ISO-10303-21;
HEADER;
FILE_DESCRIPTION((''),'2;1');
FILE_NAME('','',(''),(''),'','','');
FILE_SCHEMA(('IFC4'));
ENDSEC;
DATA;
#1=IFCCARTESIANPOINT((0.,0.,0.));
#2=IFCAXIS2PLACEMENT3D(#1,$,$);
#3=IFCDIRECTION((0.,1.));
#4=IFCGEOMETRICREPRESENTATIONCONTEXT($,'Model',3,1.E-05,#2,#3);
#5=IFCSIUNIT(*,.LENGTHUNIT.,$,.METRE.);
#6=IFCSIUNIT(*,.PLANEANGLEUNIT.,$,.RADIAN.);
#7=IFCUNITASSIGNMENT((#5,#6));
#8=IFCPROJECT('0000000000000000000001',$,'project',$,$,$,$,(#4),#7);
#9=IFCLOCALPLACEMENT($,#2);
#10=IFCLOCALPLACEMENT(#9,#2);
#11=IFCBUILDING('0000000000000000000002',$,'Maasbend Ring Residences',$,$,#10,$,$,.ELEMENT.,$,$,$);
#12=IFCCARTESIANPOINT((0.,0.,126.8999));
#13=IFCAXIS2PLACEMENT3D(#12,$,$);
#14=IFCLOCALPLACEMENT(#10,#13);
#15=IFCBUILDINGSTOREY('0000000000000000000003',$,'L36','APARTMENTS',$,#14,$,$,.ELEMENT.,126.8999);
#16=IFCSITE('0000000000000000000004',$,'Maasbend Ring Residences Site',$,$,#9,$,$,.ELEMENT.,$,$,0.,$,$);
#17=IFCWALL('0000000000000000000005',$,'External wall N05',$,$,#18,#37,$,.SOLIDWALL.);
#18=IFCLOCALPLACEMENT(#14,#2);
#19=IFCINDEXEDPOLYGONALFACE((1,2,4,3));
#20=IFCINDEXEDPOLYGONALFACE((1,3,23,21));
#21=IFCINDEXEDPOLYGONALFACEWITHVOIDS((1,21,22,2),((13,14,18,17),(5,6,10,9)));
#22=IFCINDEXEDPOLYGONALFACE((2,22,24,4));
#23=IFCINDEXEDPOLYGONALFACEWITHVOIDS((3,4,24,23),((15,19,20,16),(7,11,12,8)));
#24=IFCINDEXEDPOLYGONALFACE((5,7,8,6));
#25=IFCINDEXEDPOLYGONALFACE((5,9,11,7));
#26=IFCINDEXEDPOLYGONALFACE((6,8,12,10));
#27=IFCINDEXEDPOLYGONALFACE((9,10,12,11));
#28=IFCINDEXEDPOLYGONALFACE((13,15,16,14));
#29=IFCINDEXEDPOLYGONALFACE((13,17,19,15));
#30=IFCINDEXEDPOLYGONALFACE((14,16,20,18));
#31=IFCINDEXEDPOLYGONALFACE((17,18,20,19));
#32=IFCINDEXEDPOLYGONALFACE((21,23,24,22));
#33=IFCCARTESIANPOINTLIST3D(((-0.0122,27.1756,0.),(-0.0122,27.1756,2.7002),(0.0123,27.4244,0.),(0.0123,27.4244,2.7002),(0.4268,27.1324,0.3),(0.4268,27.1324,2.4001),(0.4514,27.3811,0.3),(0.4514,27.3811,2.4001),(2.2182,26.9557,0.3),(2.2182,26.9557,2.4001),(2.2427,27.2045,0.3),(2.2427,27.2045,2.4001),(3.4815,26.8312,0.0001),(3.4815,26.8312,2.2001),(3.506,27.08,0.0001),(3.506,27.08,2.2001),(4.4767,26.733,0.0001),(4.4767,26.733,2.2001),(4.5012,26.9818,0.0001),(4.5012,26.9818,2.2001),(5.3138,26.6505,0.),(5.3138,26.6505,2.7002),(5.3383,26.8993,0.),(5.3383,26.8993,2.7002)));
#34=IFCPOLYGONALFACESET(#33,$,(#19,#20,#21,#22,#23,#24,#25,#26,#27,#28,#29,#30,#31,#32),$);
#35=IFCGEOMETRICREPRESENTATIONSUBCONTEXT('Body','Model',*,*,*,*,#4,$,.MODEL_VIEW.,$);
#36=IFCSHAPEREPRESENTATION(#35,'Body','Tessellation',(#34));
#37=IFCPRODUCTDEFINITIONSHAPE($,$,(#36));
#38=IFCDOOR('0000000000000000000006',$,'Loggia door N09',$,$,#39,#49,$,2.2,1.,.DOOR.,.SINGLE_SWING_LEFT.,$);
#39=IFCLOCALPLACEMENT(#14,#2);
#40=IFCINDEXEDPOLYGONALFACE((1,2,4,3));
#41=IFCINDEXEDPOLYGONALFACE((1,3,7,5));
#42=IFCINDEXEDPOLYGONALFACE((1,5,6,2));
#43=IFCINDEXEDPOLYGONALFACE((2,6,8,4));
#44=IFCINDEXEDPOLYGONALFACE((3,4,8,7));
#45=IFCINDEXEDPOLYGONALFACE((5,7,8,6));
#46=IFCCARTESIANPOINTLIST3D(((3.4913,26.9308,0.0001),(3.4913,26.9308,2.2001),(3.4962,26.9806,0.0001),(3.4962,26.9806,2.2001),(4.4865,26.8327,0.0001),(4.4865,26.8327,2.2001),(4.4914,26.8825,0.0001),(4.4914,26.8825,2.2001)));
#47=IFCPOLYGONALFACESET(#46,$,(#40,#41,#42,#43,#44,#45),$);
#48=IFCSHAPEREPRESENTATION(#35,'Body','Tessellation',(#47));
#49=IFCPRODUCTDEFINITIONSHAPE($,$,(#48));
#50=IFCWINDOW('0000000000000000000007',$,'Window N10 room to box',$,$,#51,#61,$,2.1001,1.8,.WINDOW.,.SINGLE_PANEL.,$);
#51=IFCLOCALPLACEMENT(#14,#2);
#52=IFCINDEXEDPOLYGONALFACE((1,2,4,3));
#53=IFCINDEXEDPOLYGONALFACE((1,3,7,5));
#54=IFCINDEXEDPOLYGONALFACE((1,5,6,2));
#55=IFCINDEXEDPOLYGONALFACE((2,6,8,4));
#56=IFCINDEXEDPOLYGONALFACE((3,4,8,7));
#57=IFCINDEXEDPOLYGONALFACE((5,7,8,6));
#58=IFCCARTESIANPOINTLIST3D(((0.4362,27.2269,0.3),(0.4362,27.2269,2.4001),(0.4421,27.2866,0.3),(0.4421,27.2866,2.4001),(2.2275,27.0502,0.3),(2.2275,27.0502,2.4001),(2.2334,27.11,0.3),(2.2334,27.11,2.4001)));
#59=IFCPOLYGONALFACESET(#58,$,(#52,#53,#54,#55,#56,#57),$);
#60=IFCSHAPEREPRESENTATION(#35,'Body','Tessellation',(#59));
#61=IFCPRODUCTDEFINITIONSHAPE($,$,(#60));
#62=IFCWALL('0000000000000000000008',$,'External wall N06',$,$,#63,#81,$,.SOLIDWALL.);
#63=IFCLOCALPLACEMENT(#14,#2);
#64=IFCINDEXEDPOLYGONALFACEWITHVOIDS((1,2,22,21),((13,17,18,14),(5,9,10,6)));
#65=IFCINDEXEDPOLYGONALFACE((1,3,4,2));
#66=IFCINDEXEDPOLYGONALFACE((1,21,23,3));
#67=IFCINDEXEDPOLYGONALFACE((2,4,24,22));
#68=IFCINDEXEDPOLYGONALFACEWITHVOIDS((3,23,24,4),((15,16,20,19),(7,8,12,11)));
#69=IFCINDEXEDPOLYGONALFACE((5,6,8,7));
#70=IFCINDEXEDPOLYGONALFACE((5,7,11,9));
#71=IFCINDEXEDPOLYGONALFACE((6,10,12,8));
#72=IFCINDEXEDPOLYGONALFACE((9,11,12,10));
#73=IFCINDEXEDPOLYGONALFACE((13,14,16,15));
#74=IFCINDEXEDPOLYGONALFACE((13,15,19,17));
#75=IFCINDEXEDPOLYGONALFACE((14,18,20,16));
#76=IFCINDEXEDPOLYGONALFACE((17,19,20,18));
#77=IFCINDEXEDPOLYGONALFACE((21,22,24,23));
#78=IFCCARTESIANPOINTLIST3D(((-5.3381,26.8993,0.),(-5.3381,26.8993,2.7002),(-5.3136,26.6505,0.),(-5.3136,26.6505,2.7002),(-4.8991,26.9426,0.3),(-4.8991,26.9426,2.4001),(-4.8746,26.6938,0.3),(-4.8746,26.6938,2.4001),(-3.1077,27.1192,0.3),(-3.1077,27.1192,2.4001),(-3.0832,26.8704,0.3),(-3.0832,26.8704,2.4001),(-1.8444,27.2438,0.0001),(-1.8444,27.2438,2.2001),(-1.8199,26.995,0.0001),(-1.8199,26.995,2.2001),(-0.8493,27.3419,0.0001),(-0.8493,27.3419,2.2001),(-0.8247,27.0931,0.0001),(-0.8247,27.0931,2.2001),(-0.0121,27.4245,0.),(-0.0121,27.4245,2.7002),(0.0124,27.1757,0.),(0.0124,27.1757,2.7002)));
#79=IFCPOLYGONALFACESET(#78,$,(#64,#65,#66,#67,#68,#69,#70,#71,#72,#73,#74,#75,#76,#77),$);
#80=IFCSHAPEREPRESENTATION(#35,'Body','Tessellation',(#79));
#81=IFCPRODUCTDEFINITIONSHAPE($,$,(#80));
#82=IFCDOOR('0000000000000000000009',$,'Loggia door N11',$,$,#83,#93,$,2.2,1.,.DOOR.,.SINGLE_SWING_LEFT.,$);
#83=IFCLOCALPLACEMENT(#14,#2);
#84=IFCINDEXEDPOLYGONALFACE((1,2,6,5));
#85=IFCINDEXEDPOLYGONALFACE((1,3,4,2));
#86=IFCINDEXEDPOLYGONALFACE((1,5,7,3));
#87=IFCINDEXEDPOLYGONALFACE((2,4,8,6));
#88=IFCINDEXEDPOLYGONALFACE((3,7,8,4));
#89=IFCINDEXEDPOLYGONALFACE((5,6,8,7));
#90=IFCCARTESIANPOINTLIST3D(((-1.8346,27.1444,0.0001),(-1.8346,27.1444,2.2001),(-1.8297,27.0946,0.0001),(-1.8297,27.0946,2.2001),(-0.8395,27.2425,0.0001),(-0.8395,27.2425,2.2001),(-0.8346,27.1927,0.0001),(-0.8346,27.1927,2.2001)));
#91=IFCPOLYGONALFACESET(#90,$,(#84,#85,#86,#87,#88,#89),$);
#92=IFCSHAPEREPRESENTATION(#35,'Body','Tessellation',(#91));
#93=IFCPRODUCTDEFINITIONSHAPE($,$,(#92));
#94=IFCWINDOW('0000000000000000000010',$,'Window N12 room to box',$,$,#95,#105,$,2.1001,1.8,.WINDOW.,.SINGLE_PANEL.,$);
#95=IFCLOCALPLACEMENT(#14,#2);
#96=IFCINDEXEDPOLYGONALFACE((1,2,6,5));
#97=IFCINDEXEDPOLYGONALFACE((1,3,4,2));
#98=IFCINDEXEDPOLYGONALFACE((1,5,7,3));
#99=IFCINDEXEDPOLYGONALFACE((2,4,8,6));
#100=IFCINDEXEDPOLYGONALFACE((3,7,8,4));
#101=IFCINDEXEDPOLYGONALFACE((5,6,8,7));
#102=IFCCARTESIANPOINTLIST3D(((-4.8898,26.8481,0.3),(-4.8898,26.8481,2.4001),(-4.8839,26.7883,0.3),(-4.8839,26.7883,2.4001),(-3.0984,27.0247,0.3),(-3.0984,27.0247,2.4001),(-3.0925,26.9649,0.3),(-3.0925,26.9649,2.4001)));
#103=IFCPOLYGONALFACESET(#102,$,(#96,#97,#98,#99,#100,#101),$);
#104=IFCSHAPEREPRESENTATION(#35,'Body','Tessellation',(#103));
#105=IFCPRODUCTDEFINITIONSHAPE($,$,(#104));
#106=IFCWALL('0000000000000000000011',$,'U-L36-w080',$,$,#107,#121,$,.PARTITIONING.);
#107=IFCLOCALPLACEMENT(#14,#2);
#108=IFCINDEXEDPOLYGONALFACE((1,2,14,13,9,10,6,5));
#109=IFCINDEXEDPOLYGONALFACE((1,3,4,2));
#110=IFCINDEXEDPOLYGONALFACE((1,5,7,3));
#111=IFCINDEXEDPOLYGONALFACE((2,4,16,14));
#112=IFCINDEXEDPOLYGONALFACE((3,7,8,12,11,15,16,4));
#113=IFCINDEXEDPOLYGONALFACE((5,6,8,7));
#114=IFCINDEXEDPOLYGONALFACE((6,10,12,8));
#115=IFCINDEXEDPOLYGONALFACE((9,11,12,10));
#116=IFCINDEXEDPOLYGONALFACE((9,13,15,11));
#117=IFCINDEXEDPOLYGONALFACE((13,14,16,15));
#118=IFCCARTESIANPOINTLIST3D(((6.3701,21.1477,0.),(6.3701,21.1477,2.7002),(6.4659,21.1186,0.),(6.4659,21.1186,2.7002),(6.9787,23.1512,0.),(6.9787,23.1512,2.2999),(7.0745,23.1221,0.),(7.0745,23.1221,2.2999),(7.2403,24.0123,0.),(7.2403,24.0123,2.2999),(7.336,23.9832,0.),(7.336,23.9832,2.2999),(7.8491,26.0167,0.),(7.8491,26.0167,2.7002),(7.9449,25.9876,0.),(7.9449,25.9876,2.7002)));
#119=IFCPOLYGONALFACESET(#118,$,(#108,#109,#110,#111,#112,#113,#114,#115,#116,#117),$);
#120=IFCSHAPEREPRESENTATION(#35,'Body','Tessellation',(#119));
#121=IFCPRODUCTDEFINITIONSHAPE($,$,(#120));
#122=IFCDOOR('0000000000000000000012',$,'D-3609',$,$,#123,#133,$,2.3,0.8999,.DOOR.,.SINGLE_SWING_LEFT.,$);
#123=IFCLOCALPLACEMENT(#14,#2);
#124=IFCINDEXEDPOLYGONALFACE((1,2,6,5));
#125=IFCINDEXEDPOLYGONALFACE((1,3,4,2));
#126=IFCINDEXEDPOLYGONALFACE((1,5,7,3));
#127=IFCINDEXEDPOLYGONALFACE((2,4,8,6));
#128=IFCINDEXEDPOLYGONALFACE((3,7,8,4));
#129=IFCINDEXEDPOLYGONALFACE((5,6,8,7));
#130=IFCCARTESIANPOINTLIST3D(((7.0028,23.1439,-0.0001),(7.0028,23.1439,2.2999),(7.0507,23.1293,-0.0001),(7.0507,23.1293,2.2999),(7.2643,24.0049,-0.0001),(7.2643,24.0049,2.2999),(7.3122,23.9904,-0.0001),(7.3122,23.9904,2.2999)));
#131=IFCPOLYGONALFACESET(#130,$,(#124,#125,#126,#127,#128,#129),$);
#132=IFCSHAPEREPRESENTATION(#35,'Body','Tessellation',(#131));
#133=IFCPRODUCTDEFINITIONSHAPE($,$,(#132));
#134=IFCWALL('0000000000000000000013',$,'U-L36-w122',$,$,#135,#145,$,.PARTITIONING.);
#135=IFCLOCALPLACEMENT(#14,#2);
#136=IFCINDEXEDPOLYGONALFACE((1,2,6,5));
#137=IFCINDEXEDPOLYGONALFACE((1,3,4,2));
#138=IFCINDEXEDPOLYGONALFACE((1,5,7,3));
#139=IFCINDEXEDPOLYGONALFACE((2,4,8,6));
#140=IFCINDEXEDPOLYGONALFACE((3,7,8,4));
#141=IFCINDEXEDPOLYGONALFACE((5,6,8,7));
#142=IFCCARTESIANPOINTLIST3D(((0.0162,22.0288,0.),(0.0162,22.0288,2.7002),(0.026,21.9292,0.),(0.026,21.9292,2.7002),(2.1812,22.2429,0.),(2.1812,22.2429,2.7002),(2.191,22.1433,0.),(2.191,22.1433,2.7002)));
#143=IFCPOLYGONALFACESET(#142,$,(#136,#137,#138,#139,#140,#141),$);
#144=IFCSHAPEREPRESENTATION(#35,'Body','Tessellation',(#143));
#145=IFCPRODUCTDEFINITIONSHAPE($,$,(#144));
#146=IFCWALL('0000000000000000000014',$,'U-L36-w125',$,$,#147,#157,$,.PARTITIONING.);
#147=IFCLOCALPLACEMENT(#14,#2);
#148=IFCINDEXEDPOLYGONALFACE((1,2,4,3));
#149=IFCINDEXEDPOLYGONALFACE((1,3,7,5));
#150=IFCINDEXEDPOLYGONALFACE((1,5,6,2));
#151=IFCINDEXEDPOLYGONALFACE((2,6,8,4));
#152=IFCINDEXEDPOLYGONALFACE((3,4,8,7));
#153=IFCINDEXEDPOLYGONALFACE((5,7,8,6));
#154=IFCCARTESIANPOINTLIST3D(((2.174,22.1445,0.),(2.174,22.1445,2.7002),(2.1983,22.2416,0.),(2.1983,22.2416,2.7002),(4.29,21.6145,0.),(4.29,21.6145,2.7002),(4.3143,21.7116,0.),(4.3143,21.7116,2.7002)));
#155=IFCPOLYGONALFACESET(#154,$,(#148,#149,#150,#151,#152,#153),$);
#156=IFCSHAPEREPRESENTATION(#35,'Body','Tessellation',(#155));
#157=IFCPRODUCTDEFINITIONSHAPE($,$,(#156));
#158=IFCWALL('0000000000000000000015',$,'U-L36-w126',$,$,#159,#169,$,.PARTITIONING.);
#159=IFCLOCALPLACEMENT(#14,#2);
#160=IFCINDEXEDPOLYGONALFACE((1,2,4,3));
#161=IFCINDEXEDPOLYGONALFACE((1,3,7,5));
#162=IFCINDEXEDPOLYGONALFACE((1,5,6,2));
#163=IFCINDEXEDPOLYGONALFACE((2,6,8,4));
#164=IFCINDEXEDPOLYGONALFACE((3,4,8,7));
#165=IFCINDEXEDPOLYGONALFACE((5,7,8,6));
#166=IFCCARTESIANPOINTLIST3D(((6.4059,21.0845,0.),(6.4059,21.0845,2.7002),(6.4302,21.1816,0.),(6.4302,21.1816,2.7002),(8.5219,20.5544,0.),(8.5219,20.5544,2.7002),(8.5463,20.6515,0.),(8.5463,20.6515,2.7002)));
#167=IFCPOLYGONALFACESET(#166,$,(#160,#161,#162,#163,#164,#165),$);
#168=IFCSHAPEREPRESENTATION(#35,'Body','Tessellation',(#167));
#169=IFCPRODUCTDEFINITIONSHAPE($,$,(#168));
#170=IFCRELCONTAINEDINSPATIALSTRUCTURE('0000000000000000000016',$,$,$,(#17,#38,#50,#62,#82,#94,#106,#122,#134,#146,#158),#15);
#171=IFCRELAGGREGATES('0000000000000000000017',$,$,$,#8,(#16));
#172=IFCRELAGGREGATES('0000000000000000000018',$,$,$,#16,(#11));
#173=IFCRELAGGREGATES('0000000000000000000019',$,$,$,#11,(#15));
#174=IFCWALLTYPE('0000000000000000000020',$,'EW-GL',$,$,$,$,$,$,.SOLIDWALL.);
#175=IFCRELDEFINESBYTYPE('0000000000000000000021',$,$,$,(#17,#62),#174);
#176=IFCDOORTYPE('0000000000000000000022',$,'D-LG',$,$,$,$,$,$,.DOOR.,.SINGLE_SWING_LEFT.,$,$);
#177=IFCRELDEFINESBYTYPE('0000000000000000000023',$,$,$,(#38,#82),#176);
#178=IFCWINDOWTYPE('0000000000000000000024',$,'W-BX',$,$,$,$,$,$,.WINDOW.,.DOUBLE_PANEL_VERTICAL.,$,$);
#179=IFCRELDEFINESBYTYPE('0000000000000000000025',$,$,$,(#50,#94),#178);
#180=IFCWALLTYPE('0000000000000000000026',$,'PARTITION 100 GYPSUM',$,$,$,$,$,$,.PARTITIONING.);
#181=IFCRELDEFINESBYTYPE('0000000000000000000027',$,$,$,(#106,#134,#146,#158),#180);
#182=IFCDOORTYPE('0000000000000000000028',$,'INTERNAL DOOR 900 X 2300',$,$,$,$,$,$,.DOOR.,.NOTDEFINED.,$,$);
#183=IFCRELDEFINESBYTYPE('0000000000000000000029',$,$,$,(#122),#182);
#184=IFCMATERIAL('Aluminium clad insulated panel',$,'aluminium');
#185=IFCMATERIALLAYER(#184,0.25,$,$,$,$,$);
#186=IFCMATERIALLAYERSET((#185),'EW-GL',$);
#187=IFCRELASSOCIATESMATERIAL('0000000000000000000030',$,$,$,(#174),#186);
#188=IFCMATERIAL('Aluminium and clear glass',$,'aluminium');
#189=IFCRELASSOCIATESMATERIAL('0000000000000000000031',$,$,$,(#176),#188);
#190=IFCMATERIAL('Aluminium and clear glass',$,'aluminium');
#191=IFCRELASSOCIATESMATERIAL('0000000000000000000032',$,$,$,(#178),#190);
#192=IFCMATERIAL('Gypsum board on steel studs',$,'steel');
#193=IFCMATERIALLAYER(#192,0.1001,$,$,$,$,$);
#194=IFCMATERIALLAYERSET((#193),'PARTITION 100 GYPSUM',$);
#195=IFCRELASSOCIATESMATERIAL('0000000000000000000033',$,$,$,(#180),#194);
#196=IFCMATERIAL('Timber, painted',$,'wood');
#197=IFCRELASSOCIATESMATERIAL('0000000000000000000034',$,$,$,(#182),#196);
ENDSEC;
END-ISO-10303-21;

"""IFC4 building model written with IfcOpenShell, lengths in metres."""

from ifc_helpers import new_model, si_unit, direction, frame, frame_2d, origin, place, context, subcontext, project, spatial, rectangle, extrude, material, layer, layer_set, type_object, element, fill, save


model = new_model("IFC4")

# Units and contexts
model_context = context("Model", 3, precision=1e-05, world=origin(), true_north=direction((0.0, 1.0)))
body_context = subcontext(model_context, "Body", "Model", "MODEL_VIEW")
ifc_project = project(units=[si_unit("LENGTHUNIT", "METRE"), si_unit("PLANEANGLEUNIT", "RADIAN")], contexts=[model_context])

# Site, building, storey
site_placement = place(None, origin())
site = spatial("IfcSite", under=ifc_project, at=site_placement, Name="Maasbend Ring Residences Site", CompositionType="ELEMENT", RefElevation=0.0)
building_placement = place(site_placement, origin())
building = spatial("IfcBuilding", under=site, at=building_placement, Name="Maasbend Ring Residences", CompositionType="ELEMENT")
storey_placement = place(building_placement, frame((0.0, 0.0, 126.8999)))
storey = spatial("IfcBuildingStorey", under=building, at=storey_placement, Name="L36", Description="APARTMENTS", CompositionType="ELEMENT", Elevation=126.8999)

# Walls, openings, doors, windows
ifc_material_1 = material(Name="Aluminium clad insulated panel", Category="aluminium")
ifc_layer_1 = layer(ifc_material_1, 0.25)
ifc_layer_set_1 = layer_set([ifc_layer_1], Name="EW-GL")
wall_type_1 = type_object("IfcWallType", Name="EW-GL", PredefinedType="SOLIDWALL", material=ifc_layer_set_1)
wall_1_placement = place(storey_placement, frame((5.3259, 26.7749, 0.0), z_axis=(0.0, 0.0, 1.0), x_axis=(-0.995174, 0.098126, 0.0)))
wall_1 = element("IfcWall", 1, at=wall_1_placement, inside=storey, type_object=wall_type_1, Name="External wall N05", PredefinedType="SOLIDWALL", context=body_context, shape_type="SweptSolid", body=[
    extrude(rectangle(XDim=5.3518, YDim=0.25, at=frame_2d((2.6758, 0.0))), origin(), (0.0, 0.0, 1.0), 2.7002),
])
opening_1_placement = place(wall_1_placement, frame((0.8411, 0.0, 0.0)))
opening_1 = element("IfcOpeningElement", 2, at=opening_1_placement, cuts=wall_1, PredefinedType="OPENING", context=body_context, shape_type="SweptSolid", body=[
    extrude(rectangle(XDim=1.0, YDim=2.2, at=frame_2d((0.5, 1.1001))), frame((0.0, 0.135, 0.0), z_axis=(0.0, -1.0, 0.0), x_axis=(1.0, 0.0, 0.0)), (0.0, 0.0, 1.0), 0.27),
])
opening_2_placement = place(wall_1_placement, frame((3.1106, 0.0, 0.3)))
opening_2 = element("IfcOpeningElement", 3, at=opening_2_placement, cuts=wall_1, PredefinedType="OPENING", context=body_context, shape_type="SweptSolid", body=[
    extrude(rectangle(XDim=1.8, YDim=2.1001, at=frame_2d((0.8999, 1.05))), frame((0.0, 0.135, 0.0), z_axis=(0.0, -1.0, 0.0), x_axis=(1.0, 0.0, 0.0)), (0.0, 0.0, 1.0), 0.27),
])
ifc_material_2 = material(Name="Aluminium and clear glass", Category="aluminium")
door_type_1 = type_object("IfcDoorType", Name="D-LG", OperationType="SINGLE_SWING_LEFT", PredefinedType="DOOR", material=ifc_material_2)
door_1_placement = place(opening_1_placement, origin())
door_1 = element("IfcDoor", 4, at=door_1_placement, inside=storey, type_object=door_type_1, Name="Loggia door N09", OperationType="SINGLE_SWING_LEFT", OverallHeight=2.2, OverallWidth=1.0, PredefinedType="DOOR", context=body_context, shape_type="SweptSolid", body=[
    extrude(rectangle(XDim=1.0, YDim=2.2, at=frame_2d((0.5, 1.1001))), frame((0.0, 0.0249, 0.0), z_axis=(0.0, -1.0, 0.0), x_axis=(1.0, 0.0, 0.0)), (0.0, 0.0, 1.0), 0.05),
])
fill(opening_1, door_1)
ifc_material_3 = material(Name="Aluminium and clear glass", Category="aluminium")
window_type_1 = type_object("IfcWindowType", Name="W-BX", PartitioningType="DOUBLE_PANEL_VERTICAL", PredefinedType="WINDOW", material=ifc_material_3)
window_1_placement = place(opening_2_placement, origin())
window_1 = element("IfcWindow", 5, at=window_1_placement, inside=storey, type_object=window_type_1, Name="Window N10 room to box", OverallHeight=2.1001, OverallWidth=1.8, PartitioningType="SINGLE_PANEL", PredefinedType="WINDOW", context=body_context, shape_type="SweptSolid", body=[
    extrude(rectangle(XDim=1.8, YDim=2.1001, at=frame_2d((0.8999, 1.05))), frame((0.0, 0.03, 0.0), z_axis=(0.0, -1.0, 0.0), x_axis=(1.0, 0.0, 0.0)), (0.0, 0.0, 1.0), 0.0601),
])
fill(opening_2, window_1)
wall_2_placement = place(storey_placement, frame((0.0, 27.3, 0.0), z_axis=(0.0, 0.0, 1.0), x_axis=(-0.995174, -0.098126, 0.0)))
wall_2 = element("IfcWall", 6, at=wall_2_placement, inside=storey, type_object=wall_type_1, Name="External wall N06", PredefinedType="SOLIDWALL", context=body_context, shape_type="SweptSolid", body=[
    extrude(rectangle(XDim=5.3518, YDim=0.25, at=frame_2d((2.6758, 0.0))), origin(), (0.0, 0.0, 1.0), 2.7002),
])
opening_3_placement = place(wall_2_placement, frame((0.8411, 0.0, 0.0)))
opening_3 = element("IfcOpeningElement", 7, at=opening_3_placement, cuts=wall_2, PredefinedType="OPENING", context=body_context, shape_type="SweptSolid", body=[
    extrude(rectangle(XDim=1.0, YDim=2.2, at=frame_2d((0.5, 1.1001))), frame((0.0, 0.135, 0.0), z_axis=(0.0, -1.0, 0.0), x_axis=(1.0, 0.0, 0.0)), (0.0, 0.0, 1.0), 0.27),
])
opening_4_placement = place(wall_2_placement, frame((3.1106, 0.0, 0.3)))
opening_4 = element("IfcOpeningElement", 8, at=opening_4_placement, cuts=wall_2, PredefinedType="OPENING", context=body_context, shape_type="SweptSolid", body=[
    extrude(rectangle(XDim=1.8, YDim=2.1001, at=frame_2d((0.8999, 1.05))), frame((0.0, 0.135, 0.0), z_axis=(0.0, -1.0, 0.0), x_axis=(1.0, 0.0, 0.0)), (0.0, 0.0, 1.0), 0.27),
])
door_2_placement = place(opening_3_placement, origin())
door_2 = element("IfcDoor", 9, at=door_2_placement, inside=storey, type_object=door_type_1, Name="Loggia door N11", OperationType="SINGLE_SWING_LEFT", OverallHeight=2.2, OverallWidth=1.0, PredefinedType="DOOR", context=body_context, shape_type="SweptSolid", body=[
    extrude(rectangle(XDim=1.0, YDim=2.2, at=frame_2d((0.5, 1.1001))), frame((0.0, 0.0249, 0.0), z_axis=(0.0, -1.0, 0.0), x_axis=(1.0, 0.0, 0.0)), (0.0, 0.0, 1.0), 0.05),
])
fill(opening_3, door_2)
window_2_placement = place(opening_4_placement, origin())
window_2 = element("IfcWindow", 10, at=window_2_placement, inside=storey, type_object=window_type_1, Name="Window N12 room to box", OverallHeight=2.1001, OverallWidth=1.8, PartitioningType="SINGLE_PANEL", PredefinedType="WINDOW", context=body_context, shape_type="SweptSolid", body=[
    extrude(rectangle(XDim=1.8, YDim=2.1001, at=frame_2d((0.8999, 1.05))), frame((0.0, 0.03, 0.0), z_axis=(0.0, -1.0, 0.0), x_axis=(1.0, 0.0, 0.0)), (0.0, 0.0, 1.0), 0.0601),
])
fill(opening_4, window_2)

# Wall, opening, door
ifc_material_4 = material(Name="Gypsum board on steel studs", Category="steel")
ifc_layer_2 = layer(ifc_material_4, 0.1001)
ifc_layer_set_2 = layer_set([ifc_layer_2], Name="PARTITION 100 GYPSUM")
wall_type_2 = type_object("IfcWallType", Name="PARTITION 100 GYPSUM", PredefinedType="PARTITIONING", material=ifc_layer_set_2)
wall_3_placement = place(storey_placement, frame((6.418, 21.1331, 0.0), z_axis=(0.0, 0.0, 1.0), x_axis=(0.290652, 0.956829, 0.0)))
wall_3 = element("IfcWall", 11, at=wall_3_placement, inside=storey, type_object=wall_type_2, Name="U-L36-w080", PredefinedType="PARTITIONING", context=body_context, shape_type="SweptSolid", body=[
    extrude(rectangle(XDim=5.0886, YDim=0.1001, at=frame_2d((2.5444, 0.0))), origin(), (0.0, 0.0, 1.0), 2.7002),
])
opening_5_placement = place(wall_3_placement, frame((2.094, 0.0, 0.0)))
opening_5 = element("IfcOpeningElement", 12, at=opening_5_placement, cuts=wall_3, PredefinedType="OPENING", context=body_context, shape_type="SweptSolid", body=[
    extrude(rectangle(XDim=0.8999, YDim=2.3, at=frame_2d((0.45, 1.1499))), frame((0.0, 0.0601, 0.0), z_axis=(0.0, -1.0, 0.0), x_axis=(1.0, 0.0, 0.0)), (0.0, 0.0, 1.0), 0.1201),
])
ifc_material_5 = material(Name="Timber, painted", Category="wood")
door_type_2 = type_object("IfcDoorType", Name="INTERNAL DOOR 900 X 2300", OperationType="NOTDEFINED", PredefinedType="DOOR", material=ifc_material_5)
door_3_placement = place(opening_5_placement, origin())
door_3 = element("IfcDoor", 13, at=door_3_placement, inside=storey, type_object=door_type_2, Name="D-3609", OperationType="SINGLE_SWING_LEFT", OverallHeight=2.3, OverallWidth=0.8999, PredefinedType="DOOR", context=body_context, shape_type="SweptSolid", body=[
    extrude(rectangle(XDim=0.8999, YDim=2.3, at=frame_2d((0.45, 1.1499))), frame((0.0, 0.0249, 0.0), z_axis=(0.0, -1.0, 0.0), x_axis=(1.0, 0.0, 0.0)), (0.0, 0.0, 1.0), 0.05),
])
fill(opening_5, door_3)

# Walls
wall_4_placement = place(storey_placement, frame((0.021, 21.979, 0.0), z_axis=(0.0, 0.0, 1.0), x_axis=(0.995145, 0.098415, 0.0)))
element("IfcWall", 14, at=wall_4_placement, inside=storey, type_object=wall_type_2, Name="U-L36-w122", PredefinedType="PARTITIONING", context=body_context, shape_type="SweptSolid", body=[
    extrude(rectangle(XDim=2.1755, YDim=0.1001, at=frame_2d((1.0879, 0.0))), origin(), (0.0, 0.0, 1.0), 2.7002),
])
for number, where, z_axis, x_axis, name in (
    (15, (2.186, 22.1931, 0.0), (0.0, 0.0, 1.0), (0.97003, -0.242983, 0.0), "U-L36-w125"),
    (16, (6.418, 21.1331, 0.0), (0.0, 0.0, 1.0), (0.97003, -0.242983, 0.0), "U-L36-w126"),
):
    element("IfcWall", number, at=place(storey_placement, frame(where, z_axis=z_axis, x_axis=x_axis)), inside=storey, type_object=wall_type_2, Name=name, PredefinedType="PARTITIONING", context=body_context, shape_type="SweptSolid", body=[
        extrude(rectangle(XDim=2.1814, YDim=0.1001, at=frame_2d((1.0908, 0.0))), origin(), (0.0, 0.0, 1.0), 2.7002),
    ])

save(model, "model.ifc")
